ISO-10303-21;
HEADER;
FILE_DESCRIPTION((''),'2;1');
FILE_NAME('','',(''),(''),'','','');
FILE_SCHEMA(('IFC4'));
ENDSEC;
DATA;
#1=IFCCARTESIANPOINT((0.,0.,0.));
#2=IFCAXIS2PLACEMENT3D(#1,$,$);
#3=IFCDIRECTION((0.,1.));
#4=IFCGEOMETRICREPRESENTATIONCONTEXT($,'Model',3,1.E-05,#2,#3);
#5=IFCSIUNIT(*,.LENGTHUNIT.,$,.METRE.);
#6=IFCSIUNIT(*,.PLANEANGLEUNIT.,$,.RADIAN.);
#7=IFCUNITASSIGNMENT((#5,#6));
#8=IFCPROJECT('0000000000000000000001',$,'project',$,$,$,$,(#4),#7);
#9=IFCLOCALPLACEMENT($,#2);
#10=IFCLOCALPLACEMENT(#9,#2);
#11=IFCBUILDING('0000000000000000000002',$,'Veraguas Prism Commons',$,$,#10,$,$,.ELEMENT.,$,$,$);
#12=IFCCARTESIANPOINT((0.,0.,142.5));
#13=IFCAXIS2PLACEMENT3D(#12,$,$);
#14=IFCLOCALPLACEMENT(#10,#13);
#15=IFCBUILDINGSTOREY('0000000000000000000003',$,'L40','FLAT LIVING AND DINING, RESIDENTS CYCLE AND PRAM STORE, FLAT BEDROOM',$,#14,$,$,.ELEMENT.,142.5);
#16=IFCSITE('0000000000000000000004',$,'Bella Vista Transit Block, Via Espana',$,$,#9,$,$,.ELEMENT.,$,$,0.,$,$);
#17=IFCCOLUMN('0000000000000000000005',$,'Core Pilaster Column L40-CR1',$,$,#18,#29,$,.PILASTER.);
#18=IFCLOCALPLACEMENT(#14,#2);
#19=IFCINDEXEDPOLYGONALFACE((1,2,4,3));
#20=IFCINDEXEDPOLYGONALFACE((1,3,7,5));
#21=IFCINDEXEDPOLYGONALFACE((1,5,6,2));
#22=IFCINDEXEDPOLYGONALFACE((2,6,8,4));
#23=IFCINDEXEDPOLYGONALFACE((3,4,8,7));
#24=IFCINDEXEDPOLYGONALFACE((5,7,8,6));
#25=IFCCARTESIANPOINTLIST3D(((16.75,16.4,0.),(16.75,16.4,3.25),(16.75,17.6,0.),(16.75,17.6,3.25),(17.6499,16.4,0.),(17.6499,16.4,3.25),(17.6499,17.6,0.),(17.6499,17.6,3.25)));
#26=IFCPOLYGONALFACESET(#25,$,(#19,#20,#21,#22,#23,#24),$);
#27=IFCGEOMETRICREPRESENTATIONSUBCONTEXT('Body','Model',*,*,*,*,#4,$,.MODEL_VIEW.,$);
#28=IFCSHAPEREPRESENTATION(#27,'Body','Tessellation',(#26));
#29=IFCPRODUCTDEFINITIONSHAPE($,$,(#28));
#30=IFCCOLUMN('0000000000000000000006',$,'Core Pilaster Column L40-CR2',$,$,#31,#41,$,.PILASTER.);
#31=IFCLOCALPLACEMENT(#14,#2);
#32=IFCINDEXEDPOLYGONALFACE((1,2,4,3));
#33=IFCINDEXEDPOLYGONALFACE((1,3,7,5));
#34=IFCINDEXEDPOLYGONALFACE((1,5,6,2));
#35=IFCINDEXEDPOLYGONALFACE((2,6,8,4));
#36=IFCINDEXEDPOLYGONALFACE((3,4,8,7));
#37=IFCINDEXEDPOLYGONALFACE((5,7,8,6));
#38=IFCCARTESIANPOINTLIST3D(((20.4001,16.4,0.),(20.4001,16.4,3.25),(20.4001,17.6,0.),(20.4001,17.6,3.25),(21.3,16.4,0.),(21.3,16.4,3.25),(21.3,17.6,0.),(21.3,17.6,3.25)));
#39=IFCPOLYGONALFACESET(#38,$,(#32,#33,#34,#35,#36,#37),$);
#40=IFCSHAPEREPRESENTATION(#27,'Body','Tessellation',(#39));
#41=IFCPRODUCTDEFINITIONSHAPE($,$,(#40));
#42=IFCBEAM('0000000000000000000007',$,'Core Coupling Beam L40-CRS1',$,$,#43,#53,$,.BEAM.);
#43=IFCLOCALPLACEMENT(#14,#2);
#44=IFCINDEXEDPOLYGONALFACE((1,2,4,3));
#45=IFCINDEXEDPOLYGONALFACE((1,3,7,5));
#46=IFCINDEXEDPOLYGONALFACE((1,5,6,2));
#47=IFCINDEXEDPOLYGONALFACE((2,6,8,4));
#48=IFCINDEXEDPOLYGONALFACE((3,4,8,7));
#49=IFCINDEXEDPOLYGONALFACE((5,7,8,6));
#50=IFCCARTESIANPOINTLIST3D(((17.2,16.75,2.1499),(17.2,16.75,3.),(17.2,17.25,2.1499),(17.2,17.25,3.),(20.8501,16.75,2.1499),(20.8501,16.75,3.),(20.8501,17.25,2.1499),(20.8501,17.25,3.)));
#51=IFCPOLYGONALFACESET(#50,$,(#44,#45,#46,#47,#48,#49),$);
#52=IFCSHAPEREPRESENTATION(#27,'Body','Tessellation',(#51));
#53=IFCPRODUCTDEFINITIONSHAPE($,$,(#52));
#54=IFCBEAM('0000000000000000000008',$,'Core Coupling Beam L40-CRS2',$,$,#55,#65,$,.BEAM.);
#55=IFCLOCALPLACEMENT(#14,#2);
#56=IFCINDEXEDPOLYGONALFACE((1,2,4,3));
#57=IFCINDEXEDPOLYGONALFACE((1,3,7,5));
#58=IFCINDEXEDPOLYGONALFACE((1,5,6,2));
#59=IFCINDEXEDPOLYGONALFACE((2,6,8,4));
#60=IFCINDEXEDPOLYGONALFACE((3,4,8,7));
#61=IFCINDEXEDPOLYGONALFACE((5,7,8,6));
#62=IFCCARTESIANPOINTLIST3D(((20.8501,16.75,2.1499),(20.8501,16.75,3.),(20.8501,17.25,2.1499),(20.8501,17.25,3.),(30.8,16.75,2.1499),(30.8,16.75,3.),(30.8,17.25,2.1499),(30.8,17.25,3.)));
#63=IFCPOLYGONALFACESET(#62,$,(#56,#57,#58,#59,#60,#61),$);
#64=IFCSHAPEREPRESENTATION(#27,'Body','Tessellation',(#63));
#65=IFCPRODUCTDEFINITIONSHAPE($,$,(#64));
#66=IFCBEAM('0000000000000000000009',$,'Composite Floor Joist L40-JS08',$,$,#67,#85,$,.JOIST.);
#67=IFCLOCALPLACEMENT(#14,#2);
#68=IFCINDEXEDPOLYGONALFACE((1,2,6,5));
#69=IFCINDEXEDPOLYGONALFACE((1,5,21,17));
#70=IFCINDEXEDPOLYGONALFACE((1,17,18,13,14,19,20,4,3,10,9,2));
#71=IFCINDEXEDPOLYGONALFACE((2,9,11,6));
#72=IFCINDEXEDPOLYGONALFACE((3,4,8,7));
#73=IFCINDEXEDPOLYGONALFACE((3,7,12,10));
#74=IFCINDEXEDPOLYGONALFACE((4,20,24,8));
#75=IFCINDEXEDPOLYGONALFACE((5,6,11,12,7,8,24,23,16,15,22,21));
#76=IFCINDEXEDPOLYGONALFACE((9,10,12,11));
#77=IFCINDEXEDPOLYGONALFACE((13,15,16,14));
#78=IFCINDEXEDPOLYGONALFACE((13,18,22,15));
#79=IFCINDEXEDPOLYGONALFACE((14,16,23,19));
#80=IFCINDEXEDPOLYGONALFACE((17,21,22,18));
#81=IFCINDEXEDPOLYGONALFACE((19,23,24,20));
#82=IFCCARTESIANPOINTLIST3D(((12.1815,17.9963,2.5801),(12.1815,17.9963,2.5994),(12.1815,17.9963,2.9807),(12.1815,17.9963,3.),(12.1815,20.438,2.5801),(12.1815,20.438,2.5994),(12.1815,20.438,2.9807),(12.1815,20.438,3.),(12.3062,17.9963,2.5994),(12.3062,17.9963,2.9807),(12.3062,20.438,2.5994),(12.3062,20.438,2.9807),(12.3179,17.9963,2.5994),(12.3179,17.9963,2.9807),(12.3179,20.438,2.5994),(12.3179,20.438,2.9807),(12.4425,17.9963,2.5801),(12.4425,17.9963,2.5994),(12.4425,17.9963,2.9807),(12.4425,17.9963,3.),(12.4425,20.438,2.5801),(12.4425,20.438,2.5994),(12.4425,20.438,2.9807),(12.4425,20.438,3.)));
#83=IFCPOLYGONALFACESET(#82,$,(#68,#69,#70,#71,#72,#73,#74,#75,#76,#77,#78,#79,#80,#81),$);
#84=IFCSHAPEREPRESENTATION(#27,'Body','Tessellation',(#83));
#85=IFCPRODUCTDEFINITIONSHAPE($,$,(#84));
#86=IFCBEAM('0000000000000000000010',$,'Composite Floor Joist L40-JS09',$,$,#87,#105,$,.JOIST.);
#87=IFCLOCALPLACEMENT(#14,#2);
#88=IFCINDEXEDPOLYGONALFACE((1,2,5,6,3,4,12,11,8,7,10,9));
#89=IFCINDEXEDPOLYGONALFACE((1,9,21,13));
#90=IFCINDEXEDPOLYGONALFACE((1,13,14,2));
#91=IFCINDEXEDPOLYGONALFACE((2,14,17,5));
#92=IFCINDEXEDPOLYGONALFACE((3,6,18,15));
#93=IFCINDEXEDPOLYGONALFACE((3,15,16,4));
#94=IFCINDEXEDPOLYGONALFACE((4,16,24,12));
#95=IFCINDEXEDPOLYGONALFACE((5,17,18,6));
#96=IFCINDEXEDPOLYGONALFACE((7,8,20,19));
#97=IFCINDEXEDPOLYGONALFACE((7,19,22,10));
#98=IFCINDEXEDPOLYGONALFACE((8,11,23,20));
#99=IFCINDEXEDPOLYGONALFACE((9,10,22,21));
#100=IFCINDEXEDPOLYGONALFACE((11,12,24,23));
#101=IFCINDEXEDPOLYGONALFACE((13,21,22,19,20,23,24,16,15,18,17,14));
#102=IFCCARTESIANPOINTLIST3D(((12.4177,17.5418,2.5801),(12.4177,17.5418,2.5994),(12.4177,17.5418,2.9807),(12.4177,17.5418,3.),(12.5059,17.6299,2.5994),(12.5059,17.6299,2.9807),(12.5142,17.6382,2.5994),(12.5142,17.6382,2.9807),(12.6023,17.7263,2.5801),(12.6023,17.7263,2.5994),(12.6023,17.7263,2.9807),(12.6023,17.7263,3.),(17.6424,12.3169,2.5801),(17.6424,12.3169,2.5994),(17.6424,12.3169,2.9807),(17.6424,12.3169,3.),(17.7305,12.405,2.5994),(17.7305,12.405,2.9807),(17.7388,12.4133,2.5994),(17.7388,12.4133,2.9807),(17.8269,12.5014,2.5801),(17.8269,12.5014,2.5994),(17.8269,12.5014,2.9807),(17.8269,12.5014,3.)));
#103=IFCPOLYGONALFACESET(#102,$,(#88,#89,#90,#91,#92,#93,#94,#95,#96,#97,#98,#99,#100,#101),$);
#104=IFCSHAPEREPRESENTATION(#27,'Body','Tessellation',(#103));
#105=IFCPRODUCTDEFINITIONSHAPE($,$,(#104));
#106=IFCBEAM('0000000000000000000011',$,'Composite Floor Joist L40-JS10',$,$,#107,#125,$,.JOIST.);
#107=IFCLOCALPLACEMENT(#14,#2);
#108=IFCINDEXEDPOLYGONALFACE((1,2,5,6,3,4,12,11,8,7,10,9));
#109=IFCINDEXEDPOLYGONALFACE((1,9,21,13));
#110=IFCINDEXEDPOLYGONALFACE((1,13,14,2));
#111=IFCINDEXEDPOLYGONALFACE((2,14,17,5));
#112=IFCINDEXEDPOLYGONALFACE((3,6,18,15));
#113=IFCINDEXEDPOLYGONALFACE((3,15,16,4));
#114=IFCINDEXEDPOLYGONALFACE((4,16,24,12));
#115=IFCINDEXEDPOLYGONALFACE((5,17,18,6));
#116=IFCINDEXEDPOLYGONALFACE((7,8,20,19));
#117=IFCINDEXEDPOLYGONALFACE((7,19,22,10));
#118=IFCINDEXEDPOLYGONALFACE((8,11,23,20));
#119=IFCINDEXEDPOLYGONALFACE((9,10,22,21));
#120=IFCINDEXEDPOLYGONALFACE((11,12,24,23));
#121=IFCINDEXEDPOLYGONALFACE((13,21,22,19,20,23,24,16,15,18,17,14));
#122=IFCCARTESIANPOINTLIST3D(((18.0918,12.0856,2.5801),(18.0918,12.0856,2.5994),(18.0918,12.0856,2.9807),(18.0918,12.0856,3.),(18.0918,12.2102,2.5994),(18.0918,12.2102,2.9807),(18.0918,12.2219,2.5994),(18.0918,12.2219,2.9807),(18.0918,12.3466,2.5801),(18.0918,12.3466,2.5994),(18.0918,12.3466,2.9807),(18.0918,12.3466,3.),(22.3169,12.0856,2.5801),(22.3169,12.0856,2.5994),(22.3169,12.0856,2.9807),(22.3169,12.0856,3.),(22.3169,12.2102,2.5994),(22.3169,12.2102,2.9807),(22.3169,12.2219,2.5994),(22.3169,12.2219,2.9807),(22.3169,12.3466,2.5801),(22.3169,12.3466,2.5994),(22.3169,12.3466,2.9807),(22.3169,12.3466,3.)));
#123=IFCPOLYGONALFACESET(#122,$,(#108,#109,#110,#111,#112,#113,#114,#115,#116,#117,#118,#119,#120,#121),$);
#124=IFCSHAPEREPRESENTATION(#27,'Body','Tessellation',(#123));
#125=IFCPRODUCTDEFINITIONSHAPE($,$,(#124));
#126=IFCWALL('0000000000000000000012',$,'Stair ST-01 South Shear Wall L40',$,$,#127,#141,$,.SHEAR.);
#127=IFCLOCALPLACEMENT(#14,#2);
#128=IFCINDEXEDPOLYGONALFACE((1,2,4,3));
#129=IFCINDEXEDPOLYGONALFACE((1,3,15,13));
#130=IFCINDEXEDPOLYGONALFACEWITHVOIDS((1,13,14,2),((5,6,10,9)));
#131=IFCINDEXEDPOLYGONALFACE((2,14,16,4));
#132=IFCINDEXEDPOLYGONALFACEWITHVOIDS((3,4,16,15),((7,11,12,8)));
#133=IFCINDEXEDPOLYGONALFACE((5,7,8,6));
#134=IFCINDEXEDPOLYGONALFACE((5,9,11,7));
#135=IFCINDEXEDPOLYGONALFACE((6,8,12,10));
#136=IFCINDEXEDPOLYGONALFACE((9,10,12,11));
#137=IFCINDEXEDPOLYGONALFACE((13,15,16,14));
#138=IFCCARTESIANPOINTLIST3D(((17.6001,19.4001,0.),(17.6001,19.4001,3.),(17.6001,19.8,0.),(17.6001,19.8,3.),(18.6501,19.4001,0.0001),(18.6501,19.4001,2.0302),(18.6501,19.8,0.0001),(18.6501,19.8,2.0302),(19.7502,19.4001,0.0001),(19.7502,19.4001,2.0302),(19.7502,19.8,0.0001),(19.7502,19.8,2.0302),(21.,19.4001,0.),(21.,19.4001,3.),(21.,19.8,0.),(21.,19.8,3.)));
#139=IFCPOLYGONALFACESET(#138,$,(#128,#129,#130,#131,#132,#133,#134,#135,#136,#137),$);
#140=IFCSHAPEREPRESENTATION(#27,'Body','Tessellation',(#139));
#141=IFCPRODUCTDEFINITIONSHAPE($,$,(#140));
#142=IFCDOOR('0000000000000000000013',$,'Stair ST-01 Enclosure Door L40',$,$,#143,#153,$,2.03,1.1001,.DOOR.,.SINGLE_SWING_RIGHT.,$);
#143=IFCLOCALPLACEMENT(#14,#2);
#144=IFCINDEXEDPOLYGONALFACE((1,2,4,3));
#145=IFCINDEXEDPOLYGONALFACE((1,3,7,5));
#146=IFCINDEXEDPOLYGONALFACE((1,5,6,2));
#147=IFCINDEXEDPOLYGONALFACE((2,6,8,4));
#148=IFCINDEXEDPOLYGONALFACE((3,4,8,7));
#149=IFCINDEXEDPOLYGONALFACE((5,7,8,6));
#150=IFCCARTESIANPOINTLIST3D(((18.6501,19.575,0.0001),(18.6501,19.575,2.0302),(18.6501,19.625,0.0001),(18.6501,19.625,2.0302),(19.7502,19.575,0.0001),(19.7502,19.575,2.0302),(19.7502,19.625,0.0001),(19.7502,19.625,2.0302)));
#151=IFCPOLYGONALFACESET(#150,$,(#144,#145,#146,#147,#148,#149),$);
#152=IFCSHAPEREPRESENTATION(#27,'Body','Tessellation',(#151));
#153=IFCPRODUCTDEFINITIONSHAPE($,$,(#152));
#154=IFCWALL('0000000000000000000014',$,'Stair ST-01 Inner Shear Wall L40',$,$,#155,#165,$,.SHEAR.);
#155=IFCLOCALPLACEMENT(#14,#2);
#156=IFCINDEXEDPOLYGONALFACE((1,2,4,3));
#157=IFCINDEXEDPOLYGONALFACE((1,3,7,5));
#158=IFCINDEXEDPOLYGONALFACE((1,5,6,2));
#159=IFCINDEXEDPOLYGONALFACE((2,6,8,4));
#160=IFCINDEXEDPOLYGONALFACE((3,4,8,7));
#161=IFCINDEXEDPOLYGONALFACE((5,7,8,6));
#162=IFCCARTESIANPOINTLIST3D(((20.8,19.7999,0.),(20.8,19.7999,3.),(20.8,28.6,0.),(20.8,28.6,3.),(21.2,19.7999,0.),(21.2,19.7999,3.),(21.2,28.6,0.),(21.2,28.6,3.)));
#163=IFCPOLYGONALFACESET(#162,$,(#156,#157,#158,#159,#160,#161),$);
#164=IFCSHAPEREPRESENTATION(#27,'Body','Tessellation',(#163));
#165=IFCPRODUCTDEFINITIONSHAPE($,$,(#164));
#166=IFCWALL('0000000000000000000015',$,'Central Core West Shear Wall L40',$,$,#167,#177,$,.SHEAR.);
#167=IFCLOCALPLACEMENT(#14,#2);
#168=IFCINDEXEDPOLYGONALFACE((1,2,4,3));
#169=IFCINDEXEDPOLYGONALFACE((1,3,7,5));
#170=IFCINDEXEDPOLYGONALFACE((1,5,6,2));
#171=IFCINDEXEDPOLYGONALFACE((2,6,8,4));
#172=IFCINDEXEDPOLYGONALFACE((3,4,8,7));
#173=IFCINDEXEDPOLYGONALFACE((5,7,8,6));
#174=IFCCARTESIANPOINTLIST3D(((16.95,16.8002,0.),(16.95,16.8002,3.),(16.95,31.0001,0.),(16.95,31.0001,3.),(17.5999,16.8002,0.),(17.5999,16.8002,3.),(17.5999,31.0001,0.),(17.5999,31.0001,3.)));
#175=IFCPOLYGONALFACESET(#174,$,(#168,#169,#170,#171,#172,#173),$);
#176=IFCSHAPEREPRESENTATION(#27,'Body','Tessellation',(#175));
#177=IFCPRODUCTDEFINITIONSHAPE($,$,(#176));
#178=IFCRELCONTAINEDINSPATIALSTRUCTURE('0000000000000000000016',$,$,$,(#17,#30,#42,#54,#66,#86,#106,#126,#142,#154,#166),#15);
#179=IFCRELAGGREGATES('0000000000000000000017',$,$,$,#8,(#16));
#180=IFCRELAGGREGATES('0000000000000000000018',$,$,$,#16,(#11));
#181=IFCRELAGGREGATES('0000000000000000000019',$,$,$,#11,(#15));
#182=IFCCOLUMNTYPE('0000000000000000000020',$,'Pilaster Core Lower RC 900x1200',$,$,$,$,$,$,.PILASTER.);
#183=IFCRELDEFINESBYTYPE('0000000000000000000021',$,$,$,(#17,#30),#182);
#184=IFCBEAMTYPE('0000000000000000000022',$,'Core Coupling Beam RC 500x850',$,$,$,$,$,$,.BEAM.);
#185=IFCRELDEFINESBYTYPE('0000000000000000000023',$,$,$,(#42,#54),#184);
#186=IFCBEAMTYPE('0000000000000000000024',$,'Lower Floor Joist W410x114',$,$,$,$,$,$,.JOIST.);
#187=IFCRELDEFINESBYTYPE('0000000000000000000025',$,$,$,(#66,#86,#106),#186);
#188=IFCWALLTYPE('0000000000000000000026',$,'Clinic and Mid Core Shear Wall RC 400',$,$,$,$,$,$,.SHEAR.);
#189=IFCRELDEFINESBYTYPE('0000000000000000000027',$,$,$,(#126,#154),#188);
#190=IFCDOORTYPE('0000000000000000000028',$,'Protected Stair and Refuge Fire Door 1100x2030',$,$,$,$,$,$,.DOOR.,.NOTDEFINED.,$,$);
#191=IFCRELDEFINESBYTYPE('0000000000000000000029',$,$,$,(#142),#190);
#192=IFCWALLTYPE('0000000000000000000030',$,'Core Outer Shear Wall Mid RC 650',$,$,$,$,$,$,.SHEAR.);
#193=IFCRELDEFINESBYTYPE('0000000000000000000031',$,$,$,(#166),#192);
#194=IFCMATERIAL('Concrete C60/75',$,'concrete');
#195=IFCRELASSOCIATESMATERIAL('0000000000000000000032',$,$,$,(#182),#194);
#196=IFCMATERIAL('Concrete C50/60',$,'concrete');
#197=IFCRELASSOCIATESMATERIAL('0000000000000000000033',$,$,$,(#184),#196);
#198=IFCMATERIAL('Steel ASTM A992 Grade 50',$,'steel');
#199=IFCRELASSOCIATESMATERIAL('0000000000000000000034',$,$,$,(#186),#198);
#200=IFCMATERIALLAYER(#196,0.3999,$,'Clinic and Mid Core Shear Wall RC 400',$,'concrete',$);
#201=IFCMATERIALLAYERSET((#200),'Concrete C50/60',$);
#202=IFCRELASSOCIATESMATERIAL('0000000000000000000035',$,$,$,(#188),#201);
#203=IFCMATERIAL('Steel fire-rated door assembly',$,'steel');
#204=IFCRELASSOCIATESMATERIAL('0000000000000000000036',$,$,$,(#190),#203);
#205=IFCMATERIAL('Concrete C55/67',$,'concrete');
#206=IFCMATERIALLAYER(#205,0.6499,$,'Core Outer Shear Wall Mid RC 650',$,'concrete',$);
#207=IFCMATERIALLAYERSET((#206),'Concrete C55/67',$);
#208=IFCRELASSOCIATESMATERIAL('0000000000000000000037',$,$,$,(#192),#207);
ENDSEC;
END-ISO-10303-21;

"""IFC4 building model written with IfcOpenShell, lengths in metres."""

from ifc_helpers import new_model, si_unit, direction, frame, frame_2d, origin, origin_2d, place, context, subcontext, project, spatial, rectangle, i_section, extrude, source, transform, mapped, material, layer, layer_set, material_profile, profile_set, type_object, element, fill, save


model = new_model("IFC4")

# Units and contexts
model_context = context("Model", 3, precision=1e-05, world=origin(), true_north=direction((0.0, 1.0)))
body_context = subcontext(model_context, "Body", "Model", "MODEL_VIEW")
ifc_project = project(units=[si_unit("LENGTHUNIT", "METRE"), si_unit("PLANEANGLEUNIT", "RADIAN")], contexts=[model_context])

# Site, building, storey
site_placement = place(None, origin())
site = spatial("IfcSite", under=ifc_project, at=site_placement, Name="Bella Vista Transit Block, Via Espana", CompositionType="ELEMENT", RefElevation=0.0)
building_placement = place(site_placement, origin())
building = spatial("IfcBuilding", under=site, at=building_placement, Name="Veraguas Prism Commons", CompositionType="ELEMENT")
storey_placement = place(building_placement, frame((0.0, 0.0, 142.5)))
storey = spatial("IfcBuildingStorey", under=building, at=storey_placement, Name="L40", Description="FLAT LIVING AND DINING, RESIDENTS CYCLE AND PRAM STORE, FLAT BEDROOM", CompositionType="ELEMENT", Elevation=142.5)

# Columns
ifc_material_1 = material(Name="Concrete C60/75", Category="concrete")
ifc_material_profile_1 = material_profile(ifc_material_1, rectangle(XDim=0.8999, YDim=1.2, at=origin_2d()), Name="RC900X1200")
ifc_profile_set_1 = profile_set([ifc_material_profile_1], Name="Concrete C60/75")
column_type = type_object("IfcColumnType", Name="Pilaster Core Lower RC 900x1200", PredefinedType="PILASTER", material=ifc_profile_set_1)
for number, where, z_axis, x_axis, name in (
    (1, (17.2, 17.0, 0.0), (0.0, 0.0, 1.0), (1.0, 0.0, 0.0), "Core Pilaster Column L40-CR1"),
    (2, (20.8501, 17.0, 0.0), (0.0, 0.0, 1.0), (1.0, 0.0, 0.0), "Core Pilaster Column L40-CR2"),
):
    element("IfcColumn", number, at=place(storey_placement, frame(where, z_axis=z_axis, x_axis=x_axis)), inside=storey, type_object=column_type, Name=name, PredefinedType="PILASTER", context=body_context, shape_type="SweptSolid", body=[
        extrude(rectangle(XDim=0.8999, YDim=1.2, at=origin_2d()), origin(), (0.0, 0.0, 1.0), 3.25),
    ])

# Beams
ifc_material_2 = material(Name="Concrete C50/60", Category="concrete")
ifc_material_profile_2 = material_profile(ifc_material_2, rectangle(XDim=0.5, YDim=0.8501, at=origin_2d()), Name="RC500X850")
ifc_profile_set_2 = profile_set([ifc_material_profile_2], Name="Concrete C50/60")
beam_type_1 = type_object("IfcBeamType", Name="Core Coupling Beam RC 500x850", PredefinedType="BEAM", material=ifc_profile_set_2)
beam_1_placement = place(storey_placement, frame((17.2, 17.0, 2.575), z_axis=(1.0, 0.0, 0.0), x_axis=(0.0, 1.0, 0.0)))
element("IfcBeam", 3, at=beam_1_placement, inside=storey, type_object=beam_type_1, Name="Core Coupling Beam L40-CRS1", PredefinedType="BEAM", context=body_context, shape_type="SweptSolid", body=[
    extrude(rectangle(XDim=0.5, YDim=0.8501, at=origin_2d()), origin(), (0.0, 0.0, 1.0), 3.6501),
])
beam_2_placement = place(storey_placement, frame((20.8501, 17.0, 2.575), z_axis=(1.0, 0.0, 0.0), x_axis=(0.0, 1.0, 0.0)))
element("IfcBeam", 4, at=beam_2_placement, inside=storey, type_object=beam_type_1, Name="Core Coupling Beam L40-CRS2", PredefinedType="BEAM", context=body_context, shape_type="SweptSolid", body=[
    extrude(rectangle(XDim=0.5, YDim=0.8501, at=origin_2d()), origin(), (0.0, 0.0, 1.0), 9.95),
])
ifc_material_3 = material(Name="Steel ASTM A992 Grade 50", Category="steel")
ifc_material_profile_3 = material_profile(ifc_material_3, i_section(OverallWidth=0.261, OverallDepth=0.4199, WebThickness=0.0117, FlangeThickness=0.0193, at=origin_2d()), Name="W410X114")
ifc_profile_set_3 = profile_set([ifc_material_profile_3], Name="Steel ASTM A992 Grade 50")
beam_type_2 = type_object("IfcBeamType", Name="Lower Floor Joist W410x114", PredefinedType="JOIST", material=ifc_profile_set_3)
beam_3_placement = place(storey_placement, frame((12.312, 20.438, 2.79), z_axis=(0.0, -1.0, 0.0), x_axis=(1.0, 0.0, 0.0)))
element("IfcBeam", 5, at=beam_3_placement, inside=storey, type_object=beam_type_2, Name="Composite Floor Joist L40-JS08", PredefinedType="JOIST", context=body_context, shape_type="SweptSolid", body=[
    extrude(i_section(OverallWidth=0.261, OverallDepth=0.4199, WebThickness=0.0117, FlangeThickness=0.0193, at=origin_2d()), origin(), (0.0, 0.0, 1.0), 2.4417),
])
beam_4_placement = place(storey_placement, frame((12.51, 17.634, 2.79), z_axis=(0.70709, -0.707123, 0.0), x_axis=(0.707123, 0.70709, 0.0)))
element("IfcBeam", 6, at=beam_4_placement, inside=storey, type_object=beam_type_2, Name="Composite Floor Joist L40-JS09", PredefinedType="JOIST", context=body_context, shape_type="SweptSolid", body=[
    extrude(i_section(OverallWidth=0.261, OverallDepth=0.4199, WebThickness=0.0117, FlangeThickness=0.0193, at=origin_2d()), origin(), (0.0, 0.0, 1.0), 7.3889),
])
beam_5_placement = place(storey_placement, frame((18.0918, 12.2161, 2.79), z_axis=(1.0, 0.0, 0.0), x_axis=(0.0, 1.0, 0.0)))
element("IfcBeam", 7, at=beam_5_placement, inside=storey, type_object=beam_type_2, Name="Composite Floor Joist L40-JS10", PredefinedType="JOIST", context=body_context, shape_type="SweptSolid", body=[
    extrude(i_section(OverallWidth=0.261, OverallDepth=0.4199, WebThickness=0.0117, FlangeThickness=0.0193, at=origin_2d()), origin(), (0.0, 0.0, 1.0), 4.2251),
])

# Wall, opening, door
ifc_layer_1 = layer(ifc_material_2, 0.3999, Name="Clinic and Mid Core Shear Wall RC 400", Category="concrete")
ifc_layer_set_1 = layer_set([ifc_layer_1], Name="Concrete C50/60")
wall_type_1 = type_object("IfcWallType", Name="Clinic and Mid Core Shear Wall RC 400", PredefinedType="SHEAR", material=ifc_layer_set_1)
wall_1_placement = place(storey_placement, frame((17.6001, 19.6001, 0.0), z_axis=(0.0, 0.0, 1.0), x_axis=(1.0, 0.0, 0.0)))
wall_1 = element("IfcWall", 8, at=wall_1_placement, inside=storey, type_object=wall_type_1, Name="Stair ST-01 South Shear Wall L40", PredefinedType="SHEAR", context=body_context, shape_type="SweptSolid", body=[
    extrude(rectangle(XDim=3.3999, YDim=0.3999, at=frame_2d((1.7, 0.0))), origin(), (0.0, 0.0, 1.0), 3.0),
])
opening_1_placement = place(wall_1_placement, frame((1.05, 0.0, 0.0)))
opening_1 = element("IfcOpeningElement", 9, at=opening_1_placement, cuts=wall_1, PredefinedType="OPENING", context=body_context, shape_type="SweptSolid", body=[
    extrude(rectangle(XDim=1.1001, YDim=2.03, at=frame_2d((0.55, 1.0151))), frame((0.0, 0.21, 0.0), z_axis=(0.0, -1.0, 0.0), x_axis=(1.0, 0.0, 0.0)), (0.0, 0.0, 1.0), 0.4199),
])
ifc_material_4 = material(Name="Steel fire-rated door assembly", Category="steel")
door_type_1 = type_object("IfcDoorType", Name="Protected Stair and Refuge Fire Door 1100x2030", OperationType="NOTDEFINED", PredefinedType="DOOR", material=ifc_material_4)
shared_shape_1 = source(origin(), body_context, "Body", "SweptSolid", [
    extrude(rectangle(XDim=1.1001, YDim=2.03, at=frame_2d((0.55, 1.0151))), frame((0.0, 0.0249, 0.0), z_axis=(0.0, -1.0, 0.0), x_axis=(1.0, 0.0, 0.0)), (0.0, 0.0, 1.0), 0.05),
])
door_1_placement = place(opening_1_placement, origin())
door_1 = element("IfcDoor", 10, at=door_1_placement, inside=storey, type_object=door_type_1, Name="Stair ST-01 Enclosure Door L40", OperationType="SINGLE_SWING_RIGHT", OverallHeight=2.03, OverallWidth=1.1001, PredefinedType="DOOR", context=body_context, shape_type="MappedRepresentation", body=[
    mapped(shared_shape_1, transform((0.0, 0.0, 0.0), scale=1.0)),
])
fill(opening_1, door_1)

# Walls
wall_2_placement = place(storey_placement, frame((21.0, 19.8, 0.0), z_axis=(0.0, 0.0, 1.0), x_axis=(0.0, 1.0, 0.0)))
element("IfcWall", 11, at=wall_2_placement, inside=storey, type_object=wall_type_1, Name="Stair ST-01 Inner Shear Wall L40", PredefinedType="SHEAR", context=body_context, shape_type="SweptSolid", body=[
    extrude(rectangle(XDim=8.8, YDim=0.3999, at=frame_2d((4.3999, 0.0))), origin(), (0.0, 0.0, 1.0), 3.0),
])
ifc_material_5 = material(Name="Concrete C55/67", Category="concrete")
ifc_layer_2 = layer(ifc_material_5, 0.6499, Name="Core Outer Shear Wall Mid RC 650", Category="concrete")
ifc_layer_set_2 = layer_set([ifc_layer_2], Name="Concrete C55/67")
wall_type_2 = type_object("IfcWallType", Name="Core Outer Shear Wall Mid RC 650", PredefinedType="SHEAR", material=ifc_layer_set_2)
wall_3_placement = place(storey_placement, frame((17.2749, 16.8, 0.0), z_axis=(0.0, 0.0, 1.0), x_axis=(0.0, 1.0, 0.0)))
element("IfcWall", 12, at=wall_3_placement, inside=storey, type_object=wall_type_2, Name="Central Core West Shear Wall L40", PredefinedType="SHEAR", context=body_context, shape_type="SweptSolid", body=[
    extrude(rectangle(XDim=14.2, YDim=0.6499, at=frame_2d((7.1001, 0.0))), origin(), (0.0, 0.0, 1.0), 3.0),
])

save(model, "model.ifc")
